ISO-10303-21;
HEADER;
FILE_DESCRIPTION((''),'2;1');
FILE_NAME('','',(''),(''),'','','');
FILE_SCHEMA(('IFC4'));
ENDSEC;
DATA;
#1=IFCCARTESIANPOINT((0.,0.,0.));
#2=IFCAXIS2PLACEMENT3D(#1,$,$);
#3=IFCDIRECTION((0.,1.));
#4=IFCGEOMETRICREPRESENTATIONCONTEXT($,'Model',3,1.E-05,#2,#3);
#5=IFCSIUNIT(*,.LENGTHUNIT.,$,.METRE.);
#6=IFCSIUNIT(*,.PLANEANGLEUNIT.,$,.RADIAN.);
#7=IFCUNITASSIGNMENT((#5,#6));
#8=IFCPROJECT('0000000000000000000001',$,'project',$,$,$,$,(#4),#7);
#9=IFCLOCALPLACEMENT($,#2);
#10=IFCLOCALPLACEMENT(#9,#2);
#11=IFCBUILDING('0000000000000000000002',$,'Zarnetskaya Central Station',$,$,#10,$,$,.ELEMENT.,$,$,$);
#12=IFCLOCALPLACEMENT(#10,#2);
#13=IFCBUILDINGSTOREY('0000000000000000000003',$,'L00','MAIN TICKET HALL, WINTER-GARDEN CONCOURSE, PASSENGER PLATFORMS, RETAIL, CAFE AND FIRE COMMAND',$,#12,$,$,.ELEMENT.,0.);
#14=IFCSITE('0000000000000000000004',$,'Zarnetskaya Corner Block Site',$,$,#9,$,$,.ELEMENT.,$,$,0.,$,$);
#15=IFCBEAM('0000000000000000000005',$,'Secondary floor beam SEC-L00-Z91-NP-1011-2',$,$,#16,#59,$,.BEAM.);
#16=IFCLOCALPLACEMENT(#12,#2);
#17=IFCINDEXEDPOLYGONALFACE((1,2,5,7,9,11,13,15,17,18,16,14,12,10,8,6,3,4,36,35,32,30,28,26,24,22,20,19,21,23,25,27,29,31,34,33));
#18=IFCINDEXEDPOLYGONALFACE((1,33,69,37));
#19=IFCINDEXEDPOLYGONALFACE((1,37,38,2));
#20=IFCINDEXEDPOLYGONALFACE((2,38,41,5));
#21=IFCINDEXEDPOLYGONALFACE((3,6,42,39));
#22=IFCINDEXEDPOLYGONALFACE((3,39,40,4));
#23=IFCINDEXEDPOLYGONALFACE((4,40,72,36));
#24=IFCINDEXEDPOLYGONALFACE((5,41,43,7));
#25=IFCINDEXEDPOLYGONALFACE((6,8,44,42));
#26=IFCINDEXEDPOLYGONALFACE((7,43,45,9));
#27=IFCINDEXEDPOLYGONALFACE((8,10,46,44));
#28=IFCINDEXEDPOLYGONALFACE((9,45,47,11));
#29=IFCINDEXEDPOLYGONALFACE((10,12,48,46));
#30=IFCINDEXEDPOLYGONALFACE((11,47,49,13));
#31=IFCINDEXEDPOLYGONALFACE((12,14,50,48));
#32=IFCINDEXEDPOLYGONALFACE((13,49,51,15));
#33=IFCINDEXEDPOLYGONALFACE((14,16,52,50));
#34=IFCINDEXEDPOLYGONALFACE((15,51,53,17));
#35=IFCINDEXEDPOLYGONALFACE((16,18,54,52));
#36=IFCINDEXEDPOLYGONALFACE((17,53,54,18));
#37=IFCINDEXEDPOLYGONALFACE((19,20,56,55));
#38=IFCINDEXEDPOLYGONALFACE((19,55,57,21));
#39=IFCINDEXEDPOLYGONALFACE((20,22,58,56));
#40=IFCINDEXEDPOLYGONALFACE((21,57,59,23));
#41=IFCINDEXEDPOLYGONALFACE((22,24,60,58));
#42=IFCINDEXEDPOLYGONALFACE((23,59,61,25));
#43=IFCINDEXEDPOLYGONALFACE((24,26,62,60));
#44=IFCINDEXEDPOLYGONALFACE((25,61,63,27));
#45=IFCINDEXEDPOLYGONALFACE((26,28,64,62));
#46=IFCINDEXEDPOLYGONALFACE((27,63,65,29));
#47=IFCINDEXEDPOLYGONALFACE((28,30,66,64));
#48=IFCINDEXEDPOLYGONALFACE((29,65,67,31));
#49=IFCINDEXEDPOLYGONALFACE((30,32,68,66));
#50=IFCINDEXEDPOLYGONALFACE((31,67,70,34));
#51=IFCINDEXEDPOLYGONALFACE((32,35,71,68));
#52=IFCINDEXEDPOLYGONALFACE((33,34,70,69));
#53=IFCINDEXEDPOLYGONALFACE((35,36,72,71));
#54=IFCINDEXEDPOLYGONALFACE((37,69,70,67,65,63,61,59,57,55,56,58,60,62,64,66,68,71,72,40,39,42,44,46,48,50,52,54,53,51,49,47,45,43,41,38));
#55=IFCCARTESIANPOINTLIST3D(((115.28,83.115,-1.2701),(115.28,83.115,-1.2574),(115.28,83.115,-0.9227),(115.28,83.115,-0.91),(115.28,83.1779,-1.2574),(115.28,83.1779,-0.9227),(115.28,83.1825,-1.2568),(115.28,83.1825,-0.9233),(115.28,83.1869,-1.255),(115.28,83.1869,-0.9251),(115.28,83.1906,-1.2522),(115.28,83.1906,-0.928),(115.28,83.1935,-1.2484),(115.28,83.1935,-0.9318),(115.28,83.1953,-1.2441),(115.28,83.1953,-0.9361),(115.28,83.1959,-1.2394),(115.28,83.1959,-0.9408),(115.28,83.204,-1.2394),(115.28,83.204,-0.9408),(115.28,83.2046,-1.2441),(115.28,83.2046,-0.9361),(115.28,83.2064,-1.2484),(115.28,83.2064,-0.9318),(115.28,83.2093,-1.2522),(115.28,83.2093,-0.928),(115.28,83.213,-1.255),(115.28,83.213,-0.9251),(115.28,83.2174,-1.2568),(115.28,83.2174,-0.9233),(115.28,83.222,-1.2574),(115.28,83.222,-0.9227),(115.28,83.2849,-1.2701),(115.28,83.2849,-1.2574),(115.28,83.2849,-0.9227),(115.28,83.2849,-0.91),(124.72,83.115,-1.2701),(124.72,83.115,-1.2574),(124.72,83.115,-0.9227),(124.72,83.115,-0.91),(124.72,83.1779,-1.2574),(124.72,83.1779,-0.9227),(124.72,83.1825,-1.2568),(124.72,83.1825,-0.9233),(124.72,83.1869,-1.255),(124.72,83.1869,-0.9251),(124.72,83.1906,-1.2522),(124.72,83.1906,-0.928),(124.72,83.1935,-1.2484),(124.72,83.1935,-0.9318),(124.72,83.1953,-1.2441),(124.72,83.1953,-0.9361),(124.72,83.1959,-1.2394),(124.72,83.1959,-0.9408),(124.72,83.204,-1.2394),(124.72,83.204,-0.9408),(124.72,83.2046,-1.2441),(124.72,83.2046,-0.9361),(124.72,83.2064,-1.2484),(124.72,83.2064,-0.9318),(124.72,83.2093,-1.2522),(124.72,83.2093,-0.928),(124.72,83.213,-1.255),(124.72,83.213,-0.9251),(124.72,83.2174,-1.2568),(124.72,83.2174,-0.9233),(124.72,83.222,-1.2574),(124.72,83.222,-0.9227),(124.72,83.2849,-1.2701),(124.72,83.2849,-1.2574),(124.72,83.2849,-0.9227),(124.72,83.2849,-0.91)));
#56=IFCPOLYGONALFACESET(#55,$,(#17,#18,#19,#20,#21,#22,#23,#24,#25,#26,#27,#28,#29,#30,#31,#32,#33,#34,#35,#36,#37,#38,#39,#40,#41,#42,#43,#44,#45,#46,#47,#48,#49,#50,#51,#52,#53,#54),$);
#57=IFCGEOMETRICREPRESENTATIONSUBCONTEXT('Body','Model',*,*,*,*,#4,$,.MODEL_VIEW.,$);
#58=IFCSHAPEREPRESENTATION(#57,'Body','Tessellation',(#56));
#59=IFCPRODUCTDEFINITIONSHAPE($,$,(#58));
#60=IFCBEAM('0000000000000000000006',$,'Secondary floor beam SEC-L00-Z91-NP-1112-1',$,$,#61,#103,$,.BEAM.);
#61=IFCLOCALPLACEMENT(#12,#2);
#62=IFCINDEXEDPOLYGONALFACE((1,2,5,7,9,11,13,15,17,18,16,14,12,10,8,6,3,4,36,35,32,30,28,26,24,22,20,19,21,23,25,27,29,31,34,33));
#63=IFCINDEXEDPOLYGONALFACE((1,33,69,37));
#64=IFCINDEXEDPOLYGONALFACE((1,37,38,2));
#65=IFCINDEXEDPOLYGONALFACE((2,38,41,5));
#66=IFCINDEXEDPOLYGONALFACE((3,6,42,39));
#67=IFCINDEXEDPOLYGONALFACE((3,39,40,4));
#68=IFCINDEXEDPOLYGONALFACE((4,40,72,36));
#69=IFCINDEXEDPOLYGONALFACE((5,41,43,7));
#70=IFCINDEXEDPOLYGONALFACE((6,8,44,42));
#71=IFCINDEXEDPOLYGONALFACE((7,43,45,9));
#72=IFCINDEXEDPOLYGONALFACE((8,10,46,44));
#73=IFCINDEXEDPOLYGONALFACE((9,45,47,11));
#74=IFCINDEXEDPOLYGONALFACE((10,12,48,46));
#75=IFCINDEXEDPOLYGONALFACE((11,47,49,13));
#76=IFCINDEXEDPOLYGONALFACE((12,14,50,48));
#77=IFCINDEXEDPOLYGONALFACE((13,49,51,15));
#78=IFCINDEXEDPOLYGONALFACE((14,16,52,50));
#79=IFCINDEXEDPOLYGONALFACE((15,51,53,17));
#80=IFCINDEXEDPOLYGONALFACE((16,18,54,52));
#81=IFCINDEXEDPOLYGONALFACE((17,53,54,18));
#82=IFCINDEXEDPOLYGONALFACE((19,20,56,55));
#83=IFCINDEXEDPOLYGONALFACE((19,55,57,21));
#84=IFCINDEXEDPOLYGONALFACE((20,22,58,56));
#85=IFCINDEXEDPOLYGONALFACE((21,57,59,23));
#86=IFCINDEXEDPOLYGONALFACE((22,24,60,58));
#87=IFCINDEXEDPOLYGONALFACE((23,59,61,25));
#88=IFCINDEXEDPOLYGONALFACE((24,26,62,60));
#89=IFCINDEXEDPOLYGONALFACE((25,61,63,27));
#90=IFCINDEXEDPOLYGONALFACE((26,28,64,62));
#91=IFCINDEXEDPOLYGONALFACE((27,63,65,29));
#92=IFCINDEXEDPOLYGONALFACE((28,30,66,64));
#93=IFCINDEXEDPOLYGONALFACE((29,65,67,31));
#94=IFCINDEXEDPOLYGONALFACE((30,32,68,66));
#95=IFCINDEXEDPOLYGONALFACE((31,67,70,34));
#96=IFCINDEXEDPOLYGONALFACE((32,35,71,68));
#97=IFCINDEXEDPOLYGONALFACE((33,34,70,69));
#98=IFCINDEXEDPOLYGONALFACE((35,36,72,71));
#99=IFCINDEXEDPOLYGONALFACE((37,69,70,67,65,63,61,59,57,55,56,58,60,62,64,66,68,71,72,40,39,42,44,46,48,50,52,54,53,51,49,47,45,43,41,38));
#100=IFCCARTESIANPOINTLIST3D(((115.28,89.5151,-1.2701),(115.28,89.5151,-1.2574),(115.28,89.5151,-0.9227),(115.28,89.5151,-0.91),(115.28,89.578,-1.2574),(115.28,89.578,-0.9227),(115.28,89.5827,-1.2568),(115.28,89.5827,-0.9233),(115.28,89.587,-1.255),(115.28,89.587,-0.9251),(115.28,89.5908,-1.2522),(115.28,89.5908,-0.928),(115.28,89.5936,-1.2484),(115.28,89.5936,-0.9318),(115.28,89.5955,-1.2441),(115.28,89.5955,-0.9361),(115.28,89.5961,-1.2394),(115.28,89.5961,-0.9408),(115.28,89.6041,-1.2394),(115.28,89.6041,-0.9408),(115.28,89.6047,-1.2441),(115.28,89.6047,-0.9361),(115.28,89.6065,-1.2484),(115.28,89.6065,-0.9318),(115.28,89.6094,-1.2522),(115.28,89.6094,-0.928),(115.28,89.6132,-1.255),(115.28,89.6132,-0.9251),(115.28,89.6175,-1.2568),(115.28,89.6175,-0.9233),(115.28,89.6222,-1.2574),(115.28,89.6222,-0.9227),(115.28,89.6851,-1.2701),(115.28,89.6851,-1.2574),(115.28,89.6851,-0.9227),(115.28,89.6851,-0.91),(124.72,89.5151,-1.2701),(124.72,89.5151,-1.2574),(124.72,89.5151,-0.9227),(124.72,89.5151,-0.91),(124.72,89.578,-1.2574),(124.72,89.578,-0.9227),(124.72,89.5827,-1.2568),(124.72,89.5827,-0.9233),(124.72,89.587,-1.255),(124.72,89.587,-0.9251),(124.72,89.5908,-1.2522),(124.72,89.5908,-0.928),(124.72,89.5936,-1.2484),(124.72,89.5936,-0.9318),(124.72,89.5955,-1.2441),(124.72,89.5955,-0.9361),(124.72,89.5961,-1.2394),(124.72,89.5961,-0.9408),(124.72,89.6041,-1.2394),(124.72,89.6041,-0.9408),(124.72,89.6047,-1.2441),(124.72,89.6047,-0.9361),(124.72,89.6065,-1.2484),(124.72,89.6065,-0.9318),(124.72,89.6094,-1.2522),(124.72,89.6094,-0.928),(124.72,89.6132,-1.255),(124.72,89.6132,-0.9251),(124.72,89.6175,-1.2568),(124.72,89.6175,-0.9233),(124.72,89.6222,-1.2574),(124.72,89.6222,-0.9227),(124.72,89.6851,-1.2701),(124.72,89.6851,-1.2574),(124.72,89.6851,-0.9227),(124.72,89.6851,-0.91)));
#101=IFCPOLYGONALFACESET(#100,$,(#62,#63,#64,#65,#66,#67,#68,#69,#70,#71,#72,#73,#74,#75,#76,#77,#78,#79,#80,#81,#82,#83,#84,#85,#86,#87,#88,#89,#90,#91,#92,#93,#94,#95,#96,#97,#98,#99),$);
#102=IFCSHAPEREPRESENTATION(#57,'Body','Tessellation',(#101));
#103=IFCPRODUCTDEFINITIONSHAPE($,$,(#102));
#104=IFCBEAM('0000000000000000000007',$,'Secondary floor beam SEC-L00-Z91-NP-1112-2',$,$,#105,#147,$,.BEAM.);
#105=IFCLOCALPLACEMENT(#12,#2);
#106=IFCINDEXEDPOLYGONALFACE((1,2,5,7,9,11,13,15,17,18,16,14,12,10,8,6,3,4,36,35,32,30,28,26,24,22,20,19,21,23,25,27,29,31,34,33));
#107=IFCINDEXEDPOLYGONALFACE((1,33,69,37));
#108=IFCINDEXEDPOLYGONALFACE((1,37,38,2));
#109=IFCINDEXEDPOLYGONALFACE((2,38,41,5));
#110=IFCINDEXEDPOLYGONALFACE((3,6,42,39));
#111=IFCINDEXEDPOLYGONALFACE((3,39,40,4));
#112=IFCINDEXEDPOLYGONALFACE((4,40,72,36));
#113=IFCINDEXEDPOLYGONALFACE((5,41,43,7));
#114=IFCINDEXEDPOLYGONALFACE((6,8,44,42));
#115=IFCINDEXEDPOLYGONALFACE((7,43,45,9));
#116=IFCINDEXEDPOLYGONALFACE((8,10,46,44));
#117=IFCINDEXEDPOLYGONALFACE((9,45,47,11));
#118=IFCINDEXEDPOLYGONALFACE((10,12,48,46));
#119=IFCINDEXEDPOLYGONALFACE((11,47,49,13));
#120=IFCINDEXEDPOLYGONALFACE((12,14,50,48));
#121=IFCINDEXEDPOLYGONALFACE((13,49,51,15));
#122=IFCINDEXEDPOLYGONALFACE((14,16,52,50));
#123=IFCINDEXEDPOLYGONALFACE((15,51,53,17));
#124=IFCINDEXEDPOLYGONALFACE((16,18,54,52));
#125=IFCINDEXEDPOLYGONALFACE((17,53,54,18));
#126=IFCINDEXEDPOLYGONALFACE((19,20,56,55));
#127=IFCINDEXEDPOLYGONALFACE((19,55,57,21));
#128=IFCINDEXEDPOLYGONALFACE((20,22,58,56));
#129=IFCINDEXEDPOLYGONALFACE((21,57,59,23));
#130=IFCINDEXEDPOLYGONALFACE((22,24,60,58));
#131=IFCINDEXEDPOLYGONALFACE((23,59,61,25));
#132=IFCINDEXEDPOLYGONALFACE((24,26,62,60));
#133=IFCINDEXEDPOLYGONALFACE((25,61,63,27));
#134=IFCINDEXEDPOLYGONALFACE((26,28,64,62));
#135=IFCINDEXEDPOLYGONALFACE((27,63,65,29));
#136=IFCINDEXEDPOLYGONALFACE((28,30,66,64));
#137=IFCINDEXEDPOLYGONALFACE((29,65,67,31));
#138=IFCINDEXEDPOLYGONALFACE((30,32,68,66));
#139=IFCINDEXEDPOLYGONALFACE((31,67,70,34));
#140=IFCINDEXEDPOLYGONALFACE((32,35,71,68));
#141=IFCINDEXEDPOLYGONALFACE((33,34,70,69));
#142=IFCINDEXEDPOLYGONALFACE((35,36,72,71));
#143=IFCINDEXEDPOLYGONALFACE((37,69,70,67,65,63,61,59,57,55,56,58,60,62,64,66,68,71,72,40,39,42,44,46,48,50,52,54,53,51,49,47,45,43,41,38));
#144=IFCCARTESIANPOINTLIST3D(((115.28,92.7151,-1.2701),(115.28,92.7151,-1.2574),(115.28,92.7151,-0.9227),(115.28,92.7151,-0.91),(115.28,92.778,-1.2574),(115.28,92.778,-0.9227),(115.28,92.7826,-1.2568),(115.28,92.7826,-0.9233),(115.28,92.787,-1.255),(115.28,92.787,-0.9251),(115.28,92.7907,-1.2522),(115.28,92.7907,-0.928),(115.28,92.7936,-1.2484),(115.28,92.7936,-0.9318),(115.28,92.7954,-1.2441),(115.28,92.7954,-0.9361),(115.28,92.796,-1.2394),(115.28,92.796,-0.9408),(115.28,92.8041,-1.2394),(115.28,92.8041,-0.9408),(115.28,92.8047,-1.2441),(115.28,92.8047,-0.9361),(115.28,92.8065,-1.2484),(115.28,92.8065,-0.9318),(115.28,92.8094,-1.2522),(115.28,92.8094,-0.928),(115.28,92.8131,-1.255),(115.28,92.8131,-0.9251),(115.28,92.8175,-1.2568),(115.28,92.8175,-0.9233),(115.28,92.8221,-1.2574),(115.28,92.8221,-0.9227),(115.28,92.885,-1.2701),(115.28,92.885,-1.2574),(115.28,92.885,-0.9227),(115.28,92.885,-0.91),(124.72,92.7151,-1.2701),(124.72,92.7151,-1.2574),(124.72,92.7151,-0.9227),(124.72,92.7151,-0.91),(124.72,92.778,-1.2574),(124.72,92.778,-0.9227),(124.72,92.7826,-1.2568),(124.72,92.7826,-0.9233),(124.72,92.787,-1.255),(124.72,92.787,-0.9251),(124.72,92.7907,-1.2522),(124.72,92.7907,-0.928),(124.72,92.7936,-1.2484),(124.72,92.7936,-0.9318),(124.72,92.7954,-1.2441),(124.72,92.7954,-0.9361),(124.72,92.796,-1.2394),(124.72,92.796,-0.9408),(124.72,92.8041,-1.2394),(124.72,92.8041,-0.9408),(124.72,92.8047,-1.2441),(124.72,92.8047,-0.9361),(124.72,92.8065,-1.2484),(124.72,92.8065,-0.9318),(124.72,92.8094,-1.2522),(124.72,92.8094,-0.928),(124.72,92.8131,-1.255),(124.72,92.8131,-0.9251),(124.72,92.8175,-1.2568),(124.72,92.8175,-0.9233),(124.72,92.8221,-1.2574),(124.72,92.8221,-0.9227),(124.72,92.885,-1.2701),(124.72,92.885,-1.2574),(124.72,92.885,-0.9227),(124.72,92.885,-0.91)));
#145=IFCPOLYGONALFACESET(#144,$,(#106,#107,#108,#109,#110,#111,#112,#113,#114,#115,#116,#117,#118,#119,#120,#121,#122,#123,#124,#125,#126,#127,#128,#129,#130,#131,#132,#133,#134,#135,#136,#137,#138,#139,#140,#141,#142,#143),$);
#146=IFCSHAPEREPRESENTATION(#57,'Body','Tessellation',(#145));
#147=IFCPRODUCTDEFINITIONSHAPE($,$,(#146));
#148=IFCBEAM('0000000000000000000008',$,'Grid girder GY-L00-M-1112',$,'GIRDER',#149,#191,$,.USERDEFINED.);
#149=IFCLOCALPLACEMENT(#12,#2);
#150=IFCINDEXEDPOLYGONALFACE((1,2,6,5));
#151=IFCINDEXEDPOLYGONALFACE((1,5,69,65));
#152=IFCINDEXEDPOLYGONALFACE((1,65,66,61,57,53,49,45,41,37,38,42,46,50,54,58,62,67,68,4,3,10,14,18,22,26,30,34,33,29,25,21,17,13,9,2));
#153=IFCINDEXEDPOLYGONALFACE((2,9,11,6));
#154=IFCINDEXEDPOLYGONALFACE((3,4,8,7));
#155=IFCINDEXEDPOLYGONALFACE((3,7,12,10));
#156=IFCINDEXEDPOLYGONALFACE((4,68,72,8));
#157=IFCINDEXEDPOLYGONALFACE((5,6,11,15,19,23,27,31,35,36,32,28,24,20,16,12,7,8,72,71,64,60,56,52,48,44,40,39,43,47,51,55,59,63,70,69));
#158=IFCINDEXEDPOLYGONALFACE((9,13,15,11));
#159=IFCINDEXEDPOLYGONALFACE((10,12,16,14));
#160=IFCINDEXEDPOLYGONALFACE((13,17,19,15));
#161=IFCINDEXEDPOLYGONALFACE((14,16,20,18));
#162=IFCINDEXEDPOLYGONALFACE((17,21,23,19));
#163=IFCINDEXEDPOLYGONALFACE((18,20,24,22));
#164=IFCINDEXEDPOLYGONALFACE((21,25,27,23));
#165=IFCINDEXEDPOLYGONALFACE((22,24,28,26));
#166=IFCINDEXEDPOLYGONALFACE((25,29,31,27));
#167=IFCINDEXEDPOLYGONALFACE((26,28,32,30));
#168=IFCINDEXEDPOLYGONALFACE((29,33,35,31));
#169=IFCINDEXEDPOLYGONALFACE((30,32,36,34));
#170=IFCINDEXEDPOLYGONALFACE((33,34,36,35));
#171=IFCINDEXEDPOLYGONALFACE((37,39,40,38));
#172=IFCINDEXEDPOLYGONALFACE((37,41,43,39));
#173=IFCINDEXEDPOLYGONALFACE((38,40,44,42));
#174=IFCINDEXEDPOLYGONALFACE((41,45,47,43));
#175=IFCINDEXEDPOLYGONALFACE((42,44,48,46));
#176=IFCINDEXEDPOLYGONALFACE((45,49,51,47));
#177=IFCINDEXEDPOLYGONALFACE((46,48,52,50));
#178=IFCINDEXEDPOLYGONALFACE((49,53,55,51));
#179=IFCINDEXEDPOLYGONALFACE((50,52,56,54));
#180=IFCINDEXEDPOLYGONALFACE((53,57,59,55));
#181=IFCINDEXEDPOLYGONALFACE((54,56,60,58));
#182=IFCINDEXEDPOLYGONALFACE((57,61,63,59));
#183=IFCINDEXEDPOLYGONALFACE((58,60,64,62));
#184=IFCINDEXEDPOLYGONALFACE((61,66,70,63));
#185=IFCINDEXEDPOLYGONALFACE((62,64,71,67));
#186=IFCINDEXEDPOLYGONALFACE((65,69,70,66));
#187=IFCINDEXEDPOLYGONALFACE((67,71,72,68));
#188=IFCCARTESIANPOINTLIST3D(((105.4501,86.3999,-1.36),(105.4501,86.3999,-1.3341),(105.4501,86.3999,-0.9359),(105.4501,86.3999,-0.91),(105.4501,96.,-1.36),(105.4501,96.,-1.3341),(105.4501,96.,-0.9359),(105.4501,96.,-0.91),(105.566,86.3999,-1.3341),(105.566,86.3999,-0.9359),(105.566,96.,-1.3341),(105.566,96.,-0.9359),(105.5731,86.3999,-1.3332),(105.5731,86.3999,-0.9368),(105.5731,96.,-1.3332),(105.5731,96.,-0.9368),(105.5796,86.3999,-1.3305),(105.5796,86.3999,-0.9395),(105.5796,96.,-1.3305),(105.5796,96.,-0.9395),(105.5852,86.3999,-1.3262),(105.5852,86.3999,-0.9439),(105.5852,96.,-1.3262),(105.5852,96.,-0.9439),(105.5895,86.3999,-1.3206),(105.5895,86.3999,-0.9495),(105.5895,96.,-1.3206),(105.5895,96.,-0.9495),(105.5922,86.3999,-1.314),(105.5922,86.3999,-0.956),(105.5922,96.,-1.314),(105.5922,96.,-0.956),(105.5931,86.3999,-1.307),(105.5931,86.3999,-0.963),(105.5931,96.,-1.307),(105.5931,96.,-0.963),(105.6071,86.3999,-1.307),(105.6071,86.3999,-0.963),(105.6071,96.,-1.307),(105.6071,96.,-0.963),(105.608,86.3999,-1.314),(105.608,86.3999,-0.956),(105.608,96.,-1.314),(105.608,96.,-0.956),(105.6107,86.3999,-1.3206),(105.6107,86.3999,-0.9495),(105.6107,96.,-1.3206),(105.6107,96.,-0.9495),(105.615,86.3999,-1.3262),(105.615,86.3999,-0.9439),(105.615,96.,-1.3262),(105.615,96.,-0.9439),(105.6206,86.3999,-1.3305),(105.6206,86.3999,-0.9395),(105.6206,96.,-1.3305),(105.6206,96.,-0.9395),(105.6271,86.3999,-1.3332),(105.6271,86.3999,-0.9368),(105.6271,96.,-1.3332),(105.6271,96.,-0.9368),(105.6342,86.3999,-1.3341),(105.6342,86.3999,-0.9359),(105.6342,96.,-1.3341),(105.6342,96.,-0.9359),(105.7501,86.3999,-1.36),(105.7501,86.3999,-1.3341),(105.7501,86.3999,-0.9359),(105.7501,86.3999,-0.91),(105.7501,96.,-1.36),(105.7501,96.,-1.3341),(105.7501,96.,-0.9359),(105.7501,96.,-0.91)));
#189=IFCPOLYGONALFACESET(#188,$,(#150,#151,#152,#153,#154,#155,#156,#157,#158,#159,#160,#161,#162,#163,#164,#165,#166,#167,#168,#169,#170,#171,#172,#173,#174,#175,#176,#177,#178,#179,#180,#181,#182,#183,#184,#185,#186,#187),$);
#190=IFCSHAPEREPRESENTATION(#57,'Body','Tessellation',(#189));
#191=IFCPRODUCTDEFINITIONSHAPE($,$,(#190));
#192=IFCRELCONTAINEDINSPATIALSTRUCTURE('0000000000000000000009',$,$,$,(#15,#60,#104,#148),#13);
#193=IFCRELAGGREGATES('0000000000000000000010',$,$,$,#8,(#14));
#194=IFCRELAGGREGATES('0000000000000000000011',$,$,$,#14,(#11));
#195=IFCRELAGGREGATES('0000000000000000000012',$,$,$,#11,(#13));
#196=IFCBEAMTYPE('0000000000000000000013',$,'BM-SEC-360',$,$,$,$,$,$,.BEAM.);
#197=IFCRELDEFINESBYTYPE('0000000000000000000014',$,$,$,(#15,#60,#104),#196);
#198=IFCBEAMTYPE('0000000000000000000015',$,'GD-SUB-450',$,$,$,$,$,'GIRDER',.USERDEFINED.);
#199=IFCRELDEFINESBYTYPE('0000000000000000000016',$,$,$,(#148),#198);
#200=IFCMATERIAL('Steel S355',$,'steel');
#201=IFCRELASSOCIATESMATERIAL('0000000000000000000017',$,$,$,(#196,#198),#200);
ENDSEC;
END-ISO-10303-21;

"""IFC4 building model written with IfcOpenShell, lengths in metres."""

from ifc_helpers import new_model, si_unit, direction, frame, origin, origin_2d, place, context, subcontext, project, spatial, i_section, extrude, material, material_profile, profile_set, type_object, element, save


model = new_model("IFC4")

# Units and contexts
model_context = context("Model", 3, precision=1e-05, world=origin(), true_north=direction((0.0, 1.0)))
body_context = subcontext(model_context, "Body", "Model", "MODEL_VIEW")
ifc_project = project(units=[si_unit("LENGTHUNIT", "METRE"), si_unit("PLANEANGLEUNIT", "RADIAN")], contexts=[model_context])

# Site, building, storey
site_placement = place(None, origin())
site = spatial("IfcSite", under=ifc_project, at=site_placement, Name="Zarnetskaya Corner Block Site", CompositionType="ELEMENT", RefElevation=0.0)
building_placement = place(site_placement, origin())
building = spatial("IfcBuilding", under=site, at=building_placement, Name="Zarnetskaya Central Station", CompositionType="ELEMENT")
storey_placement = place(building_placement, origin())
storey = spatial("IfcBuildingStorey", under=building, at=storey_placement, Name="L00", Description="MAIN TICKET HALL, WINTER-GARDEN CONCOURSE, PASSENGER PLATFORMS, RETAIL, CAFE AND FIRE COMMAND", CompositionType="ELEMENT", Elevation=0.0)

# Shared definitions
ifc_material = material(Name="Steel S355", Category="steel")

# Beams
ifc_material_profile_1 = material_profile(ifc_material, i_section(OverallWidth=0.1699, OverallDepth=0.3601, WebThickness=0.0081, FlangeThickness=0.0127, FilletRadius=0.0181, at=origin_2d()), Name="IPE 360")
ifc_profile_set_1 = profile_set([ifc_material_profile_1], Name="Steel S355")
beam_type_1 = type_object("IfcBeamType", Name="BM-SEC-360", PredefinedType="BEAM", material=ifc_profile_set_1)
for number, where, z_axis, x_axis, name in (
    (1, (115.28, 83.2, -1.0901), (1.0, 0.0, 0.0), (0.0, 1.0, 0.0), "Secondary floor beam SEC-L00-Z91-NP-1011-2"),
    (2, (115.28, 89.6001, -1.0901), (1.0, 0.0, 0.0), (0.0, 1.0, 0.0), "Secondary floor beam SEC-L00-Z91-NP-1112-1"),
    (3, (115.28, 92.8, -1.0901), (1.0, 0.0, 0.0), (0.0, 1.0, 0.0), "Secondary floor beam SEC-L00-Z91-NP-1112-2"),
):
    element("IfcBeam", number, at=place(storey_placement, frame(where, z_axis=z_axis, x_axis=x_axis)), inside=storey, type_object=beam_type_1, Name=name, PredefinedType="BEAM", context=body_context, shape_type="SweptSolid", body=[
        extrude(i_section(OverallWidth=0.1699, OverallDepth=0.3601, WebThickness=0.0081, FlangeThickness=0.0127, FilletRadius=0.0181, at=origin_2d()), origin(), (0.0, 0.0, 1.0), 9.4399),
    ])
ifc_material_profile_2 = material_profile(ifc_material, i_section(OverallWidth=0.3, OverallDepth=0.45, WebThickness=0.0139, FlangeThickness=0.0259, FilletRadius=0.0271, at=origin_2d()), Name="HEB 450")
ifc_profile_set_2 = profile_set([ifc_material_profile_2], Name="Steel S355")
beam_type_2 = type_object("IfcBeamType", Name="GD-SUB-450", ElementType="GIRDER", PredefinedType="USERDEFINED", material=ifc_profile_set_2)
for number, where, z_axis, x_axis, name in (
    (4, (105.6001, 86.3999, -1.135), (0.0, 1.0, 0.0), (-1.0, 0.0, 0.0), "Grid girder GY-L00-M-1112"),
):
    element("IfcBeam", number, at=place(storey_placement, frame(where, z_axis=z_axis, x_axis=x_axis)), inside=storey, type_object=beam_type_2, Name=name, ObjectType="GIRDER", PredefinedType="USERDEFINED", context=body_context, shape_type="SweptSolid", body=[
        extrude(i_section(OverallWidth=0.3, OverallDepth=0.45, WebThickness=0.0139, FlangeThickness=0.0259, FilletRadius=0.0271, at=origin_2d()), origin(), (0.0, 0.0, 1.0), 9.6001),
    ])

save(model, "model.ifc")
